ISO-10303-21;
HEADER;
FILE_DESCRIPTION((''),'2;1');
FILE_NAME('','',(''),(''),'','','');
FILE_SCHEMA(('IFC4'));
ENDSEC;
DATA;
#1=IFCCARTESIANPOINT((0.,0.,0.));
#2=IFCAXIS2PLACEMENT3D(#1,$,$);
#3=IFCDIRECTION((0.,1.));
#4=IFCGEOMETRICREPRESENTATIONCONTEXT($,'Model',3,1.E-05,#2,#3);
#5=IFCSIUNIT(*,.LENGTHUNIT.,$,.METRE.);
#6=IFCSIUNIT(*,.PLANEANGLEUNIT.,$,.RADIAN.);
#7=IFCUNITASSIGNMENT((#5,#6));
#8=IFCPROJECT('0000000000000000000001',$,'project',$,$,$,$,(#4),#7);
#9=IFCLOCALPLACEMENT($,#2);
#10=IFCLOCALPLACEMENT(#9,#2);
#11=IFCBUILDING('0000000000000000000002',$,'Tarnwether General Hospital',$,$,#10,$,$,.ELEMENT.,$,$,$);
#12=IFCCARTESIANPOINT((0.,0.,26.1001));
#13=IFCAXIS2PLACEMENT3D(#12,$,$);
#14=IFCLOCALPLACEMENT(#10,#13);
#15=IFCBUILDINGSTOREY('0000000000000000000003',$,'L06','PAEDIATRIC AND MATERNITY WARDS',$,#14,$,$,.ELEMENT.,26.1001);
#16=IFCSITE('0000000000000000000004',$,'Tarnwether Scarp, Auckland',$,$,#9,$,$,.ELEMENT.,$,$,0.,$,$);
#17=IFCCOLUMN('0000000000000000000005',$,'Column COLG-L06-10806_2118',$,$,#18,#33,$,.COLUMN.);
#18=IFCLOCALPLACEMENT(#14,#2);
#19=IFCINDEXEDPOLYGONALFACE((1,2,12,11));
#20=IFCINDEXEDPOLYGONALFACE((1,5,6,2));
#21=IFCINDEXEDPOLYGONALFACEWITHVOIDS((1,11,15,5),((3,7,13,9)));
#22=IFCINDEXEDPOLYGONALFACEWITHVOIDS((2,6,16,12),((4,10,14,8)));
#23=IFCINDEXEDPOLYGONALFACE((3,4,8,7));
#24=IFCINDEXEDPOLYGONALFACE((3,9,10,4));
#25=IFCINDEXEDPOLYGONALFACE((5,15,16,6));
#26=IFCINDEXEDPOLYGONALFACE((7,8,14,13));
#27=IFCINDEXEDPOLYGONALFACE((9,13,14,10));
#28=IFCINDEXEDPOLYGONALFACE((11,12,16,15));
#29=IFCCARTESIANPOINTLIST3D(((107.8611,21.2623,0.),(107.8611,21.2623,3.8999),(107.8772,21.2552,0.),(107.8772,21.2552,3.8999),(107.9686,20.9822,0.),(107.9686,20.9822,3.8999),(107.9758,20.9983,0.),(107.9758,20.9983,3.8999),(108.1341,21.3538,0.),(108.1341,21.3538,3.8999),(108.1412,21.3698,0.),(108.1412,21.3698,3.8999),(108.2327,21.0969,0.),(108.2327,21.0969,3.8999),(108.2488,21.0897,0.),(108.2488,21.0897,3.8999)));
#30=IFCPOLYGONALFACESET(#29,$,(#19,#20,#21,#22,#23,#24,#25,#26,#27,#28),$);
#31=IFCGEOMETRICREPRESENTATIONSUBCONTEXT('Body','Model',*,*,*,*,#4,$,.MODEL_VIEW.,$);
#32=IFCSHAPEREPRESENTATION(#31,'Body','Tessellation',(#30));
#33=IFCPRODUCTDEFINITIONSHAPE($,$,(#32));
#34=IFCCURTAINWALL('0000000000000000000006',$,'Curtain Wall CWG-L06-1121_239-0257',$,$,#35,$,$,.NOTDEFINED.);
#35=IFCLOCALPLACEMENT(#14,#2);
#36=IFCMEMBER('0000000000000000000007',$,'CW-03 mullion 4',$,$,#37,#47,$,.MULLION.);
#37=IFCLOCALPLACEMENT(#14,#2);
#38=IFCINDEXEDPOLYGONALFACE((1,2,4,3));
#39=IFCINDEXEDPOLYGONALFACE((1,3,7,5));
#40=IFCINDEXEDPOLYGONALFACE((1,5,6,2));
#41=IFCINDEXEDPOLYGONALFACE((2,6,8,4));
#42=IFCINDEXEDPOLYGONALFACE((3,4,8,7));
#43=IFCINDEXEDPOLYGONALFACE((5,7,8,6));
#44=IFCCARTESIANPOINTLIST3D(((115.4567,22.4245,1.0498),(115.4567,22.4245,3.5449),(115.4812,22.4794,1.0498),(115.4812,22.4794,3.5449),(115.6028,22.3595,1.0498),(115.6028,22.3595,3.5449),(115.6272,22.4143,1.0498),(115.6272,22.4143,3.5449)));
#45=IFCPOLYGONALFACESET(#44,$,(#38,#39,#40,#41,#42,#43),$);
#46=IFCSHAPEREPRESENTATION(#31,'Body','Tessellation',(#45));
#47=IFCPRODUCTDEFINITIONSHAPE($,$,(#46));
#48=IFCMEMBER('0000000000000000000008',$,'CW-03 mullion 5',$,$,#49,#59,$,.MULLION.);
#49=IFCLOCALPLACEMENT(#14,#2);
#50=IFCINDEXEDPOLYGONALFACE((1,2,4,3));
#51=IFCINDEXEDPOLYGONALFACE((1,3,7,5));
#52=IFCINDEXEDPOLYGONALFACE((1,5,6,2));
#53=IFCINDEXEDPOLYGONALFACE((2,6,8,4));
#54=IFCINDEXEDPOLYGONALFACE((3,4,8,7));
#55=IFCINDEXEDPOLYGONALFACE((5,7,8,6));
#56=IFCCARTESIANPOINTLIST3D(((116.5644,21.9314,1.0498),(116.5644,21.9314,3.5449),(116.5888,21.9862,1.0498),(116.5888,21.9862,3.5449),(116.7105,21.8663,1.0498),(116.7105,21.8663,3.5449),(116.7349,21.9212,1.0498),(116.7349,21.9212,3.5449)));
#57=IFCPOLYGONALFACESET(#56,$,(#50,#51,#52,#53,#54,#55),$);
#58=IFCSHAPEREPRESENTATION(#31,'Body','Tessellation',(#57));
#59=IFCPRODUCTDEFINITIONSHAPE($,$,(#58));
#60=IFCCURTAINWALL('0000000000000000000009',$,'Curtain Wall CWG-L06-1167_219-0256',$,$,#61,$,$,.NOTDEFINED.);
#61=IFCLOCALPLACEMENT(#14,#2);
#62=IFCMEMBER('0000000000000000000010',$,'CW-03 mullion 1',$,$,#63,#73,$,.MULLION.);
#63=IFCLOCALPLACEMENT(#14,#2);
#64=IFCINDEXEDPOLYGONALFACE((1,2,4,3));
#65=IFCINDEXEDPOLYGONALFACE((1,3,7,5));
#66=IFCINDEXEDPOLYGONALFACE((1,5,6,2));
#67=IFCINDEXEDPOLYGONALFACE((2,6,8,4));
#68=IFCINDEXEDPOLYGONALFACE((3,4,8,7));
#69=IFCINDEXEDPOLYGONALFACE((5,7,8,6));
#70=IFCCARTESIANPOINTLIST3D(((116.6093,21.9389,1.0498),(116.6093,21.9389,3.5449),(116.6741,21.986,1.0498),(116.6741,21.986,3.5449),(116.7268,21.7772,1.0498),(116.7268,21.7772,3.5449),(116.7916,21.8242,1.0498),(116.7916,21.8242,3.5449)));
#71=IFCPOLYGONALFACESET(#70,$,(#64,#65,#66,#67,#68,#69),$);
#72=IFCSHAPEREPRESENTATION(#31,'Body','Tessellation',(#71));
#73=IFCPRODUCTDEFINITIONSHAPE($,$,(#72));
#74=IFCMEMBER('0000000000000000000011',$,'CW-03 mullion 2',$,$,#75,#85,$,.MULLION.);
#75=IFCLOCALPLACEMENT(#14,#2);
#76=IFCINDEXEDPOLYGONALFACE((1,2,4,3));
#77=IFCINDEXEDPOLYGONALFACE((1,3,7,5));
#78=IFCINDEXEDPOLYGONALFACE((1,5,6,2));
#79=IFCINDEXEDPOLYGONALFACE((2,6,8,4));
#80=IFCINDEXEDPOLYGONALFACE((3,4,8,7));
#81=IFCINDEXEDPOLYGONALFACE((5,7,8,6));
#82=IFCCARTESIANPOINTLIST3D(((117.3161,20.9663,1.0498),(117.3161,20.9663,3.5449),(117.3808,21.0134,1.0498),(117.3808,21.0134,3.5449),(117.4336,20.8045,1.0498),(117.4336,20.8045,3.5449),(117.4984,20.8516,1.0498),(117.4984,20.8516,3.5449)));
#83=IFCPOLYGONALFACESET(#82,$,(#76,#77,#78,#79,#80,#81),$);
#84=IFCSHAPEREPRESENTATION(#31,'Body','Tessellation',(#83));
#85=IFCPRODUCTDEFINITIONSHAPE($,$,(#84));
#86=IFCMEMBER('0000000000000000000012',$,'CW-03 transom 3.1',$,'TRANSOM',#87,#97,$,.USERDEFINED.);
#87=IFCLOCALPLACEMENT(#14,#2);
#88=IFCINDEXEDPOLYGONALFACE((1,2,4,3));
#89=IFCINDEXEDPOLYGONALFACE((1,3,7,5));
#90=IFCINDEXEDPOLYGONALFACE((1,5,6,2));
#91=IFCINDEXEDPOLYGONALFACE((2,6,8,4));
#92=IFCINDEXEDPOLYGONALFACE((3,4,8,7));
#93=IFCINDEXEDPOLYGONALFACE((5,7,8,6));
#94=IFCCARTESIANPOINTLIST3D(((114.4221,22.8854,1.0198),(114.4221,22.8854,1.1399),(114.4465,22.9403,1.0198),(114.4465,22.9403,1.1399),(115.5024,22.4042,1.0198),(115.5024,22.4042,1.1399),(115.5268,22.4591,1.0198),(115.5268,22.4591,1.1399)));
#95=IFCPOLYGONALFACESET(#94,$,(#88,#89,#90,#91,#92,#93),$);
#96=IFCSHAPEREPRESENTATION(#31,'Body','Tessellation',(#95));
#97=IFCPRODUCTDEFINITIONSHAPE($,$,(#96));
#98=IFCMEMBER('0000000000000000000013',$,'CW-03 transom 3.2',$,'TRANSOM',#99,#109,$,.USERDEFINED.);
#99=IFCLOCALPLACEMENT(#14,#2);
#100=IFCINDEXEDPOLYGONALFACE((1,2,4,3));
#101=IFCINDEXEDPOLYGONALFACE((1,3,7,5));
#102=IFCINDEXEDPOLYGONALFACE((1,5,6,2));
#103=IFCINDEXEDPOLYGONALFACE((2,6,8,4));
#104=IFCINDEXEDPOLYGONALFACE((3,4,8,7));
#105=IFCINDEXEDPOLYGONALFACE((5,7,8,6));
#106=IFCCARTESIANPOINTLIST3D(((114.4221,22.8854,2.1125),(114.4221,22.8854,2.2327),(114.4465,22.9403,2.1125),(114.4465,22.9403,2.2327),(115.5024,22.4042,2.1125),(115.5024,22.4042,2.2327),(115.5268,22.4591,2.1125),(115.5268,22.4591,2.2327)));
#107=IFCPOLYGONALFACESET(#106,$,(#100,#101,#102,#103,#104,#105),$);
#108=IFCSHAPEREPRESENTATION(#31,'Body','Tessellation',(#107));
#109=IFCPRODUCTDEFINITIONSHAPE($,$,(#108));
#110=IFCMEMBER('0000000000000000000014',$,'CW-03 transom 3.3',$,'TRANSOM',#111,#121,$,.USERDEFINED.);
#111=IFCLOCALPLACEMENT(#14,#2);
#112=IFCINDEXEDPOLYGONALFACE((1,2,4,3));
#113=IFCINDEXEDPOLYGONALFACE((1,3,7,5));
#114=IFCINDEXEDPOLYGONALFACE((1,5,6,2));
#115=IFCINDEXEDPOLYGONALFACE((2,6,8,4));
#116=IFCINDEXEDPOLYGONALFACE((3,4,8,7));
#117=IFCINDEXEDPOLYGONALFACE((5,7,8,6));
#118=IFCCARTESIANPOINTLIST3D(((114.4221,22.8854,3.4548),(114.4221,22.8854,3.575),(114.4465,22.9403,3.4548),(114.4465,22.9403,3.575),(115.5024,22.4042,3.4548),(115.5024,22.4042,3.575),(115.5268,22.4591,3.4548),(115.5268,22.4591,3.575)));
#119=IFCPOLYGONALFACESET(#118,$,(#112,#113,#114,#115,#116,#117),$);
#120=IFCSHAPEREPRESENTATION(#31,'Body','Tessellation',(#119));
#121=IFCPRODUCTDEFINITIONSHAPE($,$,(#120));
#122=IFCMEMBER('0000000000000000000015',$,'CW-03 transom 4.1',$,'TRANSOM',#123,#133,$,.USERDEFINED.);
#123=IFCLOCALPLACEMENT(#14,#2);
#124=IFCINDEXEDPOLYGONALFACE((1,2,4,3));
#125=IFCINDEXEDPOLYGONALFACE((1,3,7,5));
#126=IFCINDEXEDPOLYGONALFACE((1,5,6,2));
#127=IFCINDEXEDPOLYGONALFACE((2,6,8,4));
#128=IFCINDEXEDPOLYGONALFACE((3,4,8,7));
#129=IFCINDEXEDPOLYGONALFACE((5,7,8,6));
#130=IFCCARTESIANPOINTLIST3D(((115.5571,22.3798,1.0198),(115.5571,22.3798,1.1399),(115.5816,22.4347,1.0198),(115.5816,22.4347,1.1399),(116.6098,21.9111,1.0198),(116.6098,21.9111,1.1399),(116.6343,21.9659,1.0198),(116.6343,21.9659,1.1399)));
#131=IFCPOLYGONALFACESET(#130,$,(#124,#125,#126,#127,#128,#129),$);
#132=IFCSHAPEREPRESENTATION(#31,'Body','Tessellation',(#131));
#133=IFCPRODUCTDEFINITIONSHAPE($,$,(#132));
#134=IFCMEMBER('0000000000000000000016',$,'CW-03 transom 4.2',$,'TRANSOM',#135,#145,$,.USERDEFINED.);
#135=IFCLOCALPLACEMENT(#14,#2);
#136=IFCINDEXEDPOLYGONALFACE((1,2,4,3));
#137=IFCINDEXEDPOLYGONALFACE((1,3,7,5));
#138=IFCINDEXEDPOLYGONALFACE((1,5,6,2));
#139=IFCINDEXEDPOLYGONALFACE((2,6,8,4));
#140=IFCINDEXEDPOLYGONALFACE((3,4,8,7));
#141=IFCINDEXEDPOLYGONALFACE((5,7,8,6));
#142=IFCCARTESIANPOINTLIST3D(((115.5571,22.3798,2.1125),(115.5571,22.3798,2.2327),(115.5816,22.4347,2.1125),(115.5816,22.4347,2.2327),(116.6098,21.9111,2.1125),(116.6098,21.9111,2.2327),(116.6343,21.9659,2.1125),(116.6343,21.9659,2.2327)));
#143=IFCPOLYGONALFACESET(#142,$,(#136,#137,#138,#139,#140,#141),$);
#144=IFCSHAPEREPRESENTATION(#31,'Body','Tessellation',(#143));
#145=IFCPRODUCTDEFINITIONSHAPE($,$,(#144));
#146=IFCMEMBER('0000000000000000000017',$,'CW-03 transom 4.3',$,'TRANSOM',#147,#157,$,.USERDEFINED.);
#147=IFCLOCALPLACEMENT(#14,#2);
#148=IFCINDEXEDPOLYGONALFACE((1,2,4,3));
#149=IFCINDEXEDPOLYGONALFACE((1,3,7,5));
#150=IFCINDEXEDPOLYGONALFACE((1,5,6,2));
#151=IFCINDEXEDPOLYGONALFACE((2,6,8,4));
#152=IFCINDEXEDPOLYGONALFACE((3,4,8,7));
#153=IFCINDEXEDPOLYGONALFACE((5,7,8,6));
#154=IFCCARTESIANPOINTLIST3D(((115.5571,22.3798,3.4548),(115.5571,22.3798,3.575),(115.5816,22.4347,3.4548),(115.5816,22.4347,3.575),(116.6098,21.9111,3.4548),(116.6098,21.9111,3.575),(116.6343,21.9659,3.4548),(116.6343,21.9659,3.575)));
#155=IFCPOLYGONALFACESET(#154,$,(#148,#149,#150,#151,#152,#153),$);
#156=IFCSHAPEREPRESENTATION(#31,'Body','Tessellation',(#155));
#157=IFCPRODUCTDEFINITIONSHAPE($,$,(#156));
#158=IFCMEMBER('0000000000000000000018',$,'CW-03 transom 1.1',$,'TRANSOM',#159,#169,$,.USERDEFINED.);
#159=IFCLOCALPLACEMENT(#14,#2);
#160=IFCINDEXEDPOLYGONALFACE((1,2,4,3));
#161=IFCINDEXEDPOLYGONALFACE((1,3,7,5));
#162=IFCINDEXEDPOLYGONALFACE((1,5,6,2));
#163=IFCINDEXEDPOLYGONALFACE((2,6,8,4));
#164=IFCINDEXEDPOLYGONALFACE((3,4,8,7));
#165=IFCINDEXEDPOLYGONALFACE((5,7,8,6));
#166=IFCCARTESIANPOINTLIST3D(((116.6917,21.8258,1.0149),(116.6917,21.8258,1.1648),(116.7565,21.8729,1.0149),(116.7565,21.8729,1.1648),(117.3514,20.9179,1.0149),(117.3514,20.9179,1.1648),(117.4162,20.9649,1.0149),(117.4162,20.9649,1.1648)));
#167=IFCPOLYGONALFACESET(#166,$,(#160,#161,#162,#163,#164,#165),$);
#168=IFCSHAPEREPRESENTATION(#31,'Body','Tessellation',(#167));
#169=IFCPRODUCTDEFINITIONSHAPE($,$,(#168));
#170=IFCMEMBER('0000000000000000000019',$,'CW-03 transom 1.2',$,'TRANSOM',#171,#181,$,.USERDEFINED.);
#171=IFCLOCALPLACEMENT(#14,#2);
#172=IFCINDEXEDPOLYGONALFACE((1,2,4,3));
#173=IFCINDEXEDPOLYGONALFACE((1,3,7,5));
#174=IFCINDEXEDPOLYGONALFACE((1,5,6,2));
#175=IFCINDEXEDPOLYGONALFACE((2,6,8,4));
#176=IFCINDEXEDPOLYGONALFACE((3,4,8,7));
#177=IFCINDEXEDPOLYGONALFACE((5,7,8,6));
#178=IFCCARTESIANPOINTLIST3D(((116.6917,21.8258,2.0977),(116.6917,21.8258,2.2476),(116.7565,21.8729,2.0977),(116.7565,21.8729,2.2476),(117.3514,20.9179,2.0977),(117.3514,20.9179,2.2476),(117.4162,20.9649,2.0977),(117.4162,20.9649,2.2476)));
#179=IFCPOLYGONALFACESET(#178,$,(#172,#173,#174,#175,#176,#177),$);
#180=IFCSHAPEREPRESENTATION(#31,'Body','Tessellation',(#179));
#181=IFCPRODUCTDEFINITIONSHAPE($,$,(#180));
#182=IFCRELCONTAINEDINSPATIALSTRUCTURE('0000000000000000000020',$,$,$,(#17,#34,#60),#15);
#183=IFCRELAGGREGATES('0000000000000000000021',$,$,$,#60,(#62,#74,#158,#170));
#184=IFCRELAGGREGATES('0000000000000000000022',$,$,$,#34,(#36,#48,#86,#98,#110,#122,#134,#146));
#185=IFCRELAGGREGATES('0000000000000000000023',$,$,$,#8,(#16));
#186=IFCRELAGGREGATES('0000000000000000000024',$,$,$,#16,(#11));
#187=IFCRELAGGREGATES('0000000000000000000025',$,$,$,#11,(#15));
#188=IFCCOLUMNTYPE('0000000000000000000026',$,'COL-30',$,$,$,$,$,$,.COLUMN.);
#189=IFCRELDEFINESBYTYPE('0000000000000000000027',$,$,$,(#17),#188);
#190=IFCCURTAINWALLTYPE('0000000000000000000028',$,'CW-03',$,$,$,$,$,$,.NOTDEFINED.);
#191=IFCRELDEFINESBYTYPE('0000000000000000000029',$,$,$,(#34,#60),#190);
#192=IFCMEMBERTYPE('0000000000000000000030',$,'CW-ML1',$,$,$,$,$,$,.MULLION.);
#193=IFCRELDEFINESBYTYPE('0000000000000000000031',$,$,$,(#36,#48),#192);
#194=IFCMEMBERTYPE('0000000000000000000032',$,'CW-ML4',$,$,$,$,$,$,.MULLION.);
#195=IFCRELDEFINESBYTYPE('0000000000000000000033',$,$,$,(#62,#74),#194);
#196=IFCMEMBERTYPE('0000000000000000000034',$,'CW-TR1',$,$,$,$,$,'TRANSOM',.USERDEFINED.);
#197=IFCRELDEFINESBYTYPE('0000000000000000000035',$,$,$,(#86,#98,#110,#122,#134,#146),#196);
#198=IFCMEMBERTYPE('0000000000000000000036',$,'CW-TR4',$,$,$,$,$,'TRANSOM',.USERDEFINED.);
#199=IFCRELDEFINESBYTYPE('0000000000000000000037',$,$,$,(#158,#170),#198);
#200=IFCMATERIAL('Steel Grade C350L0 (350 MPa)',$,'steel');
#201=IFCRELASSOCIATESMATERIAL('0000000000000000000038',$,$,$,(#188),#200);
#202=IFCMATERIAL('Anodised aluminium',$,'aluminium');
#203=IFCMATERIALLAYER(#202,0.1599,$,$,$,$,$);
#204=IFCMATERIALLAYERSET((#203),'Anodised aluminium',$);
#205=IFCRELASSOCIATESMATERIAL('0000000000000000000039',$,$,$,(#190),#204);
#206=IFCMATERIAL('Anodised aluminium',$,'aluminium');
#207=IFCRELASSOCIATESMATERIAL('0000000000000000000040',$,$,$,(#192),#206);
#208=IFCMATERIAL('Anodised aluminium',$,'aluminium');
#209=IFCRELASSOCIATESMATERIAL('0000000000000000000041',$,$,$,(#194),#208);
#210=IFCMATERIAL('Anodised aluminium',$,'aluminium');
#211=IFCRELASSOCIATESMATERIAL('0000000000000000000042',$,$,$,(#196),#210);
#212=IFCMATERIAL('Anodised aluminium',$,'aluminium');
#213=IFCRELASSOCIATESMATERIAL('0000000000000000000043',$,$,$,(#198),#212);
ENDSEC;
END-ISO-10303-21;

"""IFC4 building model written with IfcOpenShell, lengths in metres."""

from ifc_helpers import new_model, si_unit, direction, frame, origin, origin_2d, place, context, subcontext, project, spatial, rectangle, hollow_rectangle, extrude, material, layer, layer_set, material_profile, profile_set, type_object, element, aggregate, save


model = new_model("IFC4")

# Units and contexts
model_context = context("Model", 3, precision=1e-05, world=origin(), true_north=direction((0.0, 1.0)))
body_context = subcontext(model_context, "Body", "Model", "MODEL_VIEW")
ifc_project = project(units=[si_unit("LENGTHUNIT", "METRE"), si_unit("PLANEANGLEUNIT", "RADIAN")], contexts=[model_context])

# Site, building, storey
site_placement = place(None, origin())
site = spatial("IfcSite", under=ifc_project, at=site_placement, Name="Tarnwether Scarp, Auckland", CompositionType="ELEMENT", RefElevation=0.0)
building_placement = place(site_placement, origin())
building = spatial("IfcBuilding", under=site, at=building_placement, Name="Tarnwether General Hospital", CompositionType="ELEMENT")
storey_placement = place(building_placement, frame((0.0, 0.0, 26.1001)))
storey = spatial("IfcBuildingStorey", under=building, at=storey_placement, Name="L06", Description="PAEDIATRIC AND MATERNITY WARDS", CompositionType="ELEMENT", Elevation=26.1001)

# Column
ifc_material_1 = material(Name="Steel Grade C350L0 (350 MPa)", Category="steel")
ifc_material_profile_1 = material_profile(ifc_material_1, hollow_rectangle(XDim=0.3, YDim=0.3, WallThickness=0.0125, at=origin_2d()), Name="SHS300x300x12.5")
ifc_profile_set_1 = profile_set([ifc_material_profile_1], Name="Steel Grade C350L0 (350 MPa)")
column_type = type_object("IfcColumnType", Name="COL-30", PredefinedType="COLUMN", material=ifc_profile_set_1)
column_placement = place(storey_placement, frame((108.0549, 21.176, 0.0), z_axis=(0.0, 0.0, 1.0), x_axis=(-0.358368, 0.93358, 0.0)))
element("IfcColumn", 1, at=column_placement, inside=storey, type_object=column_type, Name="Column COLG-L06-10806_2118", PredefinedType="COLUMN", context=body_context, shape_type="SweptSolid", body=[
    extrude(hollow_rectangle(XDim=0.3, YDim=0.3, WallThickness=0.0125, at=origin_2d()), origin(), (0.0, 0.0, 1.0), 3.8999),
])

# Curtain walls, members
ifc_material_2 = material(Name="Anodised aluminium", Category="aluminium")
ifc_layer_1 = layer(ifc_material_2, 0.1599)
ifc_layer_set_1 = layer_set([ifc_layer_1], Name="Anodised aluminium")
curtain_wall_type = type_object("IfcCurtainWallType", Name="CW-03", PredefinedType="NOTDEFINED", material=ifc_layer_set_1)
curtain_wall_1_placement = place(storey_placement, origin())
curtain_wall_1 = element("IfcCurtainWall", 2, at=curtain_wall_1_placement, inside=storey, type_object=curtain_wall_type, Name="Curtain Wall CWG-L06-1121_239-0257", PredefinedType="NOTDEFINED")
ifc_material_3 = material(Name="Anodised aluminium", Category="aluminium")
ifc_material_profile_2 = material_profile(ifc_material_3, rectangle(XDim=0.0601, YDim=0.1599, at=origin_2d()), Name="ALU-MUL-60x160")
ifc_profile_set_2 = profile_set([ifc_material_profile_2], Name="Anodised aluminium")
member_type_1 = type_object("IfcMemberType", Name="CW-ML1", PredefinedType="MULLION", material=ifc_profile_set_2)
member_1_placement = place(storey_placement, frame((115.542, 22.4194, 1.0498), z_axis=(0.0, 0.0, 1.0), x_axis=(0.406848, 0.913496, 0.0)))
member_1 = element("IfcMember", 3, at=member_1_placement, type_object=member_type_1, Name="CW-03 mullion 4", PredefinedType="MULLION", context=body_context, shape_type="SweptSolid", body=[
    extrude(rectangle(XDim=0.0601, YDim=0.1599, at=origin_2d()), origin(), (0.0, 0.0, 1.0), 2.4951),
])
member_2_placement = place(storey_placement, frame((116.6497, 21.9263, 1.0498), z_axis=(0.0, 0.0, 1.0), x_axis=(0.406848, 0.913496, 0.0)))
member_2 = element("IfcMember", 4, at=member_2_placement, type_object=member_type_1, Name="CW-03 mullion 5", PredefinedType="MULLION", context=body_context, shape_type="SweptSolid", body=[
    extrude(rectangle(XDim=0.0601, YDim=0.1599, at=origin_2d()), origin(), (0.0, 0.0, 1.0), 2.4951),
])
curtain_wall_2_placement = place(storey_placement, origin())
curtain_wall_2 = element("IfcCurtainWall", 5, at=curtain_wall_2_placement, inside=storey, type_object=curtain_wall_type, Name="Curtain Wall CWG-L06-1167_219-0256", PredefinedType="NOTDEFINED")
ifc_material_4 = material(Name="Anodised aluminium", Category="aluminium")
ifc_material_profile_3 = material_profile(ifc_material_4, rectangle(XDim=0.0801, YDim=0.2, at=origin_2d()), Name="ALU-MUL-80x200")
ifc_profile_set_3 = profile_set([ifc_material_profile_3], Name="Anodised aluminium")
member_type_2 = type_object("IfcMemberType", Name="CW-ML4", PredefinedType="MULLION", material=ifc_profile_set_3)
member_3_placement = place(storey_placement, frame((116.7004, 21.8816, 1.0498), z_axis=(0.0, 0.0, 1.0), x_axis=(0.808988, 0.587825, 0.0)))
member_3 = element("IfcMember", 6, at=member_3_placement, type_object=member_type_2, Name="CW-03 mullion 1", PredefinedType="MULLION", context=body_context, shape_type="SweptSolid", body=[
    extrude(rectangle(XDim=0.0801, YDim=0.2, at=origin_2d()), origin(), (0.0, 0.0, 1.0), 2.4951),
])
member_4_placement = place(storey_placement, frame((117.4072, 20.9089, 1.0498), z_axis=(0.0, 0.0, 1.0), x_axis=(0.808988, 0.587825, 0.0)))
member_4 = element("IfcMember", 7, at=member_4_placement, type_object=member_type_2, Name="CW-03 mullion 2", PredefinedType="MULLION", context=body_context, shape_type="SweptSolid", body=[
    extrude(rectangle(XDim=0.0801, YDim=0.2, at=origin_2d()), origin(), (0.0, 0.0, 1.0), 2.4951),
])

# Members
ifc_material_5 = material(Name="Anodised aluminium", Category="aluminium")
ifc_material_profile_4 = material_profile(ifc_material_5, rectangle(XDim=0.0601, YDim=0.1201, at=origin_2d()), Name="ALU-TRN-60x120")
ifc_profile_set_4 = profile_set([ifc_material_profile_4], Name="Anodised aluminium")
member_type_3 = type_object("IfcMemberType", Name="CW-TR1", ElementType="TRANSOM", PredefinedType="USERDEFINED", material=ifc_profile_set_4)
member_5_placement = place(storey_placement, frame((114.4343, 22.9128, 1.0798), z_axis=(0.913479, -0.406885, 0.0), x_axis=(0.406885, 0.913479, 0.0)))
member_5 = element("IfcMember", 8, at=member_5_placement, type_object=member_type_3, Name="CW-03 transom 3.1", ObjectType="TRANSOM", PredefinedType="USERDEFINED", context=body_context, shape_type="SweptSolid", body=[
    extrude(rectangle(XDim=0.0601, YDim=0.1201, at=origin_2d()), origin(), (0.0, 0.0, 1.0), 1.1826),
])
member_6_placement = place(storey_placement, frame((114.4343, 22.9128, 2.1726), z_axis=(0.913479, -0.406885, 0.0), x_axis=(0.406885, 0.913479, 0.0)))
member_6 = element("IfcMember", 9, at=member_6_placement, type_object=member_type_3, Name="CW-03 transom 3.2", ObjectType="TRANSOM", PredefinedType="USERDEFINED", context=body_context, shape_type="SweptSolid", body=[
    extrude(rectangle(XDim=0.0601, YDim=0.1201, at=origin_2d()), origin(), (0.0, 0.0, 1.0), 1.1826),
])
member_7_placement = place(storey_placement, frame((114.4343, 22.9128, 3.5149), z_axis=(0.913479, -0.406885, 0.0), x_axis=(0.406885, 0.913479, 0.0)))
member_7 = element("IfcMember", 10, at=member_7_placement, type_object=member_type_3, Name="CW-03 transom 3.3", ObjectType="TRANSOM", PredefinedType="USERDEFINED", context=body_context, shape_type="SweptSolid", body=[
    extrude(rectangle(XDim=0.0601, YDim=0.1201, at=origin_2d()), origin(), (0.0, 0.0, 1.0), 1.1826),
])
member_8_placement = place(storey_placement, frame((115.5693, 22.4072, 1.0798), z_axis=(0.913532, -0.406767, 0.0), x_axis=(0.406767, 0.913532, 0.0)))
member_8 = element("IfcMember", 11, at=member_8_placement, type_object=member_type_3, Name="CW-03 transom 4.1", ObjectType="TRANSOM", PredefinedType="USERDEFINED", context=body_context, shape_type="SweptSolid", body=[
    extrude(rectangle(XDim=0.0601, YDim=0.1201, at=origin_2d()), origin(), (0.0, 0.0, 1.0), 1.1523),
])
member_9_placement = place(storey_placement, frame((115.5693, 22.4072, 2.1726), z_axis=(0.913532, -0.406767, 0.0), x_axis=(0.406767, 0.913532, 0.0)))
member_9 = element("IfcMember", 12, at=member_9_placement, type_object=member_type_3, Name="CW-03 transom 4.2", ObjectType="TRANSOM", PredefinedType="USERDEFINED", context=body_context, shape_type="SweptSolid", body=[
    extrude(rectangle(XDim=0.0601, YDim=0.1201, at=origin_2d()), origin(), (0.0, 0.0, 1.0), 1.1523),
])
member_10_placement = place(storey_placement, frame((115.5693, 22.4072, 3.5149), z_axis=(0.913532, -0.406767, 0.0), x_axis=(0.406767, 0.913532, 0.0)))
member_10 = element("IfcMember", 13, at=member_10_placement, type_object=member_type_3, Name="CW-03 transom 4.3", ObjectType="TRANSOM", PredefinedType="USERDEFINED", context=body_context, shape_type="SweptSolid", body=[
    extrude(rectangle(XDim=0.0601, YDim=0.1201, at=origin_2d()), origin(), (0.0, 0.0, 1.0), 1.1523),
])
ifc_material_6 = material(Name="Anodised aluminium", Category="aluminium")
ifc_material_profile_5 = material_profile(ifc_material_6, rectangle(XDim=0.0801, YDim=0.1499, at=origin_2d()), Name="ALU-TRN-80x150")
ifc_profile_set_5 = profile_set([ifc_material_profile_5], Name="Anodised aluminium")
member_type_4 = type_object("IfcMemberType", Name="CW-TR4", ElementType="TRANSOM", PredefinedType="USERDEFINED", material=ifc_profile_set_5)
member_11_placement = place(storey_placement, frame((116.7241, 21.8494, 1.0898), z_axis=(0.587784, -0.809018, 0.0), x_axis=(0.809018, 0.587784, 0.0)))
member_11 = element("IfcMember", 14, at=member_11_placement, type_object=member_type_4, Name="CW-03 transom 1.1", ObjectType="TRANSOM", PredefinedType="USERDEFINED", context=body_context, shape_type="SweptSolid", body=[
    extrude(rectangle(XDim=0.0801, YDim=0.1499, at=origin_2d()), origin(), (0.0, 0.0, 1.0), 1.1223),
])
member_12_placement = place(storey_placement, frame((116.7241, 21.8494, 2.1726), z_axis=(0.587784, -0.809018, 0.0), x_axis=(0.809018, 0.587784, 0.0)))
member_12 = element("IfcMember", 15, at=member_12_placement, type_object=member_type_4, Name="CW-03 transom 1.2", ObjectType="TRANSOM", PredefinedType="USERDEFINED", context=body_context, shape_type="SweptSolid", body=[
    extrude(rectangle(XDim=0.0801, YDim=0.1499, at=origin_2d()), origin(), (0.0, 0.0, 1.0), 1.1223),
])

aggregate(curtain_wall_2, [member_3, member_4, member_11, member_12])

aggregate(curtain_wall_1, [member_1, member_2, member_5, member_6, member_7, member_8, member_9, member_10])

save(model, "model.ifc")
